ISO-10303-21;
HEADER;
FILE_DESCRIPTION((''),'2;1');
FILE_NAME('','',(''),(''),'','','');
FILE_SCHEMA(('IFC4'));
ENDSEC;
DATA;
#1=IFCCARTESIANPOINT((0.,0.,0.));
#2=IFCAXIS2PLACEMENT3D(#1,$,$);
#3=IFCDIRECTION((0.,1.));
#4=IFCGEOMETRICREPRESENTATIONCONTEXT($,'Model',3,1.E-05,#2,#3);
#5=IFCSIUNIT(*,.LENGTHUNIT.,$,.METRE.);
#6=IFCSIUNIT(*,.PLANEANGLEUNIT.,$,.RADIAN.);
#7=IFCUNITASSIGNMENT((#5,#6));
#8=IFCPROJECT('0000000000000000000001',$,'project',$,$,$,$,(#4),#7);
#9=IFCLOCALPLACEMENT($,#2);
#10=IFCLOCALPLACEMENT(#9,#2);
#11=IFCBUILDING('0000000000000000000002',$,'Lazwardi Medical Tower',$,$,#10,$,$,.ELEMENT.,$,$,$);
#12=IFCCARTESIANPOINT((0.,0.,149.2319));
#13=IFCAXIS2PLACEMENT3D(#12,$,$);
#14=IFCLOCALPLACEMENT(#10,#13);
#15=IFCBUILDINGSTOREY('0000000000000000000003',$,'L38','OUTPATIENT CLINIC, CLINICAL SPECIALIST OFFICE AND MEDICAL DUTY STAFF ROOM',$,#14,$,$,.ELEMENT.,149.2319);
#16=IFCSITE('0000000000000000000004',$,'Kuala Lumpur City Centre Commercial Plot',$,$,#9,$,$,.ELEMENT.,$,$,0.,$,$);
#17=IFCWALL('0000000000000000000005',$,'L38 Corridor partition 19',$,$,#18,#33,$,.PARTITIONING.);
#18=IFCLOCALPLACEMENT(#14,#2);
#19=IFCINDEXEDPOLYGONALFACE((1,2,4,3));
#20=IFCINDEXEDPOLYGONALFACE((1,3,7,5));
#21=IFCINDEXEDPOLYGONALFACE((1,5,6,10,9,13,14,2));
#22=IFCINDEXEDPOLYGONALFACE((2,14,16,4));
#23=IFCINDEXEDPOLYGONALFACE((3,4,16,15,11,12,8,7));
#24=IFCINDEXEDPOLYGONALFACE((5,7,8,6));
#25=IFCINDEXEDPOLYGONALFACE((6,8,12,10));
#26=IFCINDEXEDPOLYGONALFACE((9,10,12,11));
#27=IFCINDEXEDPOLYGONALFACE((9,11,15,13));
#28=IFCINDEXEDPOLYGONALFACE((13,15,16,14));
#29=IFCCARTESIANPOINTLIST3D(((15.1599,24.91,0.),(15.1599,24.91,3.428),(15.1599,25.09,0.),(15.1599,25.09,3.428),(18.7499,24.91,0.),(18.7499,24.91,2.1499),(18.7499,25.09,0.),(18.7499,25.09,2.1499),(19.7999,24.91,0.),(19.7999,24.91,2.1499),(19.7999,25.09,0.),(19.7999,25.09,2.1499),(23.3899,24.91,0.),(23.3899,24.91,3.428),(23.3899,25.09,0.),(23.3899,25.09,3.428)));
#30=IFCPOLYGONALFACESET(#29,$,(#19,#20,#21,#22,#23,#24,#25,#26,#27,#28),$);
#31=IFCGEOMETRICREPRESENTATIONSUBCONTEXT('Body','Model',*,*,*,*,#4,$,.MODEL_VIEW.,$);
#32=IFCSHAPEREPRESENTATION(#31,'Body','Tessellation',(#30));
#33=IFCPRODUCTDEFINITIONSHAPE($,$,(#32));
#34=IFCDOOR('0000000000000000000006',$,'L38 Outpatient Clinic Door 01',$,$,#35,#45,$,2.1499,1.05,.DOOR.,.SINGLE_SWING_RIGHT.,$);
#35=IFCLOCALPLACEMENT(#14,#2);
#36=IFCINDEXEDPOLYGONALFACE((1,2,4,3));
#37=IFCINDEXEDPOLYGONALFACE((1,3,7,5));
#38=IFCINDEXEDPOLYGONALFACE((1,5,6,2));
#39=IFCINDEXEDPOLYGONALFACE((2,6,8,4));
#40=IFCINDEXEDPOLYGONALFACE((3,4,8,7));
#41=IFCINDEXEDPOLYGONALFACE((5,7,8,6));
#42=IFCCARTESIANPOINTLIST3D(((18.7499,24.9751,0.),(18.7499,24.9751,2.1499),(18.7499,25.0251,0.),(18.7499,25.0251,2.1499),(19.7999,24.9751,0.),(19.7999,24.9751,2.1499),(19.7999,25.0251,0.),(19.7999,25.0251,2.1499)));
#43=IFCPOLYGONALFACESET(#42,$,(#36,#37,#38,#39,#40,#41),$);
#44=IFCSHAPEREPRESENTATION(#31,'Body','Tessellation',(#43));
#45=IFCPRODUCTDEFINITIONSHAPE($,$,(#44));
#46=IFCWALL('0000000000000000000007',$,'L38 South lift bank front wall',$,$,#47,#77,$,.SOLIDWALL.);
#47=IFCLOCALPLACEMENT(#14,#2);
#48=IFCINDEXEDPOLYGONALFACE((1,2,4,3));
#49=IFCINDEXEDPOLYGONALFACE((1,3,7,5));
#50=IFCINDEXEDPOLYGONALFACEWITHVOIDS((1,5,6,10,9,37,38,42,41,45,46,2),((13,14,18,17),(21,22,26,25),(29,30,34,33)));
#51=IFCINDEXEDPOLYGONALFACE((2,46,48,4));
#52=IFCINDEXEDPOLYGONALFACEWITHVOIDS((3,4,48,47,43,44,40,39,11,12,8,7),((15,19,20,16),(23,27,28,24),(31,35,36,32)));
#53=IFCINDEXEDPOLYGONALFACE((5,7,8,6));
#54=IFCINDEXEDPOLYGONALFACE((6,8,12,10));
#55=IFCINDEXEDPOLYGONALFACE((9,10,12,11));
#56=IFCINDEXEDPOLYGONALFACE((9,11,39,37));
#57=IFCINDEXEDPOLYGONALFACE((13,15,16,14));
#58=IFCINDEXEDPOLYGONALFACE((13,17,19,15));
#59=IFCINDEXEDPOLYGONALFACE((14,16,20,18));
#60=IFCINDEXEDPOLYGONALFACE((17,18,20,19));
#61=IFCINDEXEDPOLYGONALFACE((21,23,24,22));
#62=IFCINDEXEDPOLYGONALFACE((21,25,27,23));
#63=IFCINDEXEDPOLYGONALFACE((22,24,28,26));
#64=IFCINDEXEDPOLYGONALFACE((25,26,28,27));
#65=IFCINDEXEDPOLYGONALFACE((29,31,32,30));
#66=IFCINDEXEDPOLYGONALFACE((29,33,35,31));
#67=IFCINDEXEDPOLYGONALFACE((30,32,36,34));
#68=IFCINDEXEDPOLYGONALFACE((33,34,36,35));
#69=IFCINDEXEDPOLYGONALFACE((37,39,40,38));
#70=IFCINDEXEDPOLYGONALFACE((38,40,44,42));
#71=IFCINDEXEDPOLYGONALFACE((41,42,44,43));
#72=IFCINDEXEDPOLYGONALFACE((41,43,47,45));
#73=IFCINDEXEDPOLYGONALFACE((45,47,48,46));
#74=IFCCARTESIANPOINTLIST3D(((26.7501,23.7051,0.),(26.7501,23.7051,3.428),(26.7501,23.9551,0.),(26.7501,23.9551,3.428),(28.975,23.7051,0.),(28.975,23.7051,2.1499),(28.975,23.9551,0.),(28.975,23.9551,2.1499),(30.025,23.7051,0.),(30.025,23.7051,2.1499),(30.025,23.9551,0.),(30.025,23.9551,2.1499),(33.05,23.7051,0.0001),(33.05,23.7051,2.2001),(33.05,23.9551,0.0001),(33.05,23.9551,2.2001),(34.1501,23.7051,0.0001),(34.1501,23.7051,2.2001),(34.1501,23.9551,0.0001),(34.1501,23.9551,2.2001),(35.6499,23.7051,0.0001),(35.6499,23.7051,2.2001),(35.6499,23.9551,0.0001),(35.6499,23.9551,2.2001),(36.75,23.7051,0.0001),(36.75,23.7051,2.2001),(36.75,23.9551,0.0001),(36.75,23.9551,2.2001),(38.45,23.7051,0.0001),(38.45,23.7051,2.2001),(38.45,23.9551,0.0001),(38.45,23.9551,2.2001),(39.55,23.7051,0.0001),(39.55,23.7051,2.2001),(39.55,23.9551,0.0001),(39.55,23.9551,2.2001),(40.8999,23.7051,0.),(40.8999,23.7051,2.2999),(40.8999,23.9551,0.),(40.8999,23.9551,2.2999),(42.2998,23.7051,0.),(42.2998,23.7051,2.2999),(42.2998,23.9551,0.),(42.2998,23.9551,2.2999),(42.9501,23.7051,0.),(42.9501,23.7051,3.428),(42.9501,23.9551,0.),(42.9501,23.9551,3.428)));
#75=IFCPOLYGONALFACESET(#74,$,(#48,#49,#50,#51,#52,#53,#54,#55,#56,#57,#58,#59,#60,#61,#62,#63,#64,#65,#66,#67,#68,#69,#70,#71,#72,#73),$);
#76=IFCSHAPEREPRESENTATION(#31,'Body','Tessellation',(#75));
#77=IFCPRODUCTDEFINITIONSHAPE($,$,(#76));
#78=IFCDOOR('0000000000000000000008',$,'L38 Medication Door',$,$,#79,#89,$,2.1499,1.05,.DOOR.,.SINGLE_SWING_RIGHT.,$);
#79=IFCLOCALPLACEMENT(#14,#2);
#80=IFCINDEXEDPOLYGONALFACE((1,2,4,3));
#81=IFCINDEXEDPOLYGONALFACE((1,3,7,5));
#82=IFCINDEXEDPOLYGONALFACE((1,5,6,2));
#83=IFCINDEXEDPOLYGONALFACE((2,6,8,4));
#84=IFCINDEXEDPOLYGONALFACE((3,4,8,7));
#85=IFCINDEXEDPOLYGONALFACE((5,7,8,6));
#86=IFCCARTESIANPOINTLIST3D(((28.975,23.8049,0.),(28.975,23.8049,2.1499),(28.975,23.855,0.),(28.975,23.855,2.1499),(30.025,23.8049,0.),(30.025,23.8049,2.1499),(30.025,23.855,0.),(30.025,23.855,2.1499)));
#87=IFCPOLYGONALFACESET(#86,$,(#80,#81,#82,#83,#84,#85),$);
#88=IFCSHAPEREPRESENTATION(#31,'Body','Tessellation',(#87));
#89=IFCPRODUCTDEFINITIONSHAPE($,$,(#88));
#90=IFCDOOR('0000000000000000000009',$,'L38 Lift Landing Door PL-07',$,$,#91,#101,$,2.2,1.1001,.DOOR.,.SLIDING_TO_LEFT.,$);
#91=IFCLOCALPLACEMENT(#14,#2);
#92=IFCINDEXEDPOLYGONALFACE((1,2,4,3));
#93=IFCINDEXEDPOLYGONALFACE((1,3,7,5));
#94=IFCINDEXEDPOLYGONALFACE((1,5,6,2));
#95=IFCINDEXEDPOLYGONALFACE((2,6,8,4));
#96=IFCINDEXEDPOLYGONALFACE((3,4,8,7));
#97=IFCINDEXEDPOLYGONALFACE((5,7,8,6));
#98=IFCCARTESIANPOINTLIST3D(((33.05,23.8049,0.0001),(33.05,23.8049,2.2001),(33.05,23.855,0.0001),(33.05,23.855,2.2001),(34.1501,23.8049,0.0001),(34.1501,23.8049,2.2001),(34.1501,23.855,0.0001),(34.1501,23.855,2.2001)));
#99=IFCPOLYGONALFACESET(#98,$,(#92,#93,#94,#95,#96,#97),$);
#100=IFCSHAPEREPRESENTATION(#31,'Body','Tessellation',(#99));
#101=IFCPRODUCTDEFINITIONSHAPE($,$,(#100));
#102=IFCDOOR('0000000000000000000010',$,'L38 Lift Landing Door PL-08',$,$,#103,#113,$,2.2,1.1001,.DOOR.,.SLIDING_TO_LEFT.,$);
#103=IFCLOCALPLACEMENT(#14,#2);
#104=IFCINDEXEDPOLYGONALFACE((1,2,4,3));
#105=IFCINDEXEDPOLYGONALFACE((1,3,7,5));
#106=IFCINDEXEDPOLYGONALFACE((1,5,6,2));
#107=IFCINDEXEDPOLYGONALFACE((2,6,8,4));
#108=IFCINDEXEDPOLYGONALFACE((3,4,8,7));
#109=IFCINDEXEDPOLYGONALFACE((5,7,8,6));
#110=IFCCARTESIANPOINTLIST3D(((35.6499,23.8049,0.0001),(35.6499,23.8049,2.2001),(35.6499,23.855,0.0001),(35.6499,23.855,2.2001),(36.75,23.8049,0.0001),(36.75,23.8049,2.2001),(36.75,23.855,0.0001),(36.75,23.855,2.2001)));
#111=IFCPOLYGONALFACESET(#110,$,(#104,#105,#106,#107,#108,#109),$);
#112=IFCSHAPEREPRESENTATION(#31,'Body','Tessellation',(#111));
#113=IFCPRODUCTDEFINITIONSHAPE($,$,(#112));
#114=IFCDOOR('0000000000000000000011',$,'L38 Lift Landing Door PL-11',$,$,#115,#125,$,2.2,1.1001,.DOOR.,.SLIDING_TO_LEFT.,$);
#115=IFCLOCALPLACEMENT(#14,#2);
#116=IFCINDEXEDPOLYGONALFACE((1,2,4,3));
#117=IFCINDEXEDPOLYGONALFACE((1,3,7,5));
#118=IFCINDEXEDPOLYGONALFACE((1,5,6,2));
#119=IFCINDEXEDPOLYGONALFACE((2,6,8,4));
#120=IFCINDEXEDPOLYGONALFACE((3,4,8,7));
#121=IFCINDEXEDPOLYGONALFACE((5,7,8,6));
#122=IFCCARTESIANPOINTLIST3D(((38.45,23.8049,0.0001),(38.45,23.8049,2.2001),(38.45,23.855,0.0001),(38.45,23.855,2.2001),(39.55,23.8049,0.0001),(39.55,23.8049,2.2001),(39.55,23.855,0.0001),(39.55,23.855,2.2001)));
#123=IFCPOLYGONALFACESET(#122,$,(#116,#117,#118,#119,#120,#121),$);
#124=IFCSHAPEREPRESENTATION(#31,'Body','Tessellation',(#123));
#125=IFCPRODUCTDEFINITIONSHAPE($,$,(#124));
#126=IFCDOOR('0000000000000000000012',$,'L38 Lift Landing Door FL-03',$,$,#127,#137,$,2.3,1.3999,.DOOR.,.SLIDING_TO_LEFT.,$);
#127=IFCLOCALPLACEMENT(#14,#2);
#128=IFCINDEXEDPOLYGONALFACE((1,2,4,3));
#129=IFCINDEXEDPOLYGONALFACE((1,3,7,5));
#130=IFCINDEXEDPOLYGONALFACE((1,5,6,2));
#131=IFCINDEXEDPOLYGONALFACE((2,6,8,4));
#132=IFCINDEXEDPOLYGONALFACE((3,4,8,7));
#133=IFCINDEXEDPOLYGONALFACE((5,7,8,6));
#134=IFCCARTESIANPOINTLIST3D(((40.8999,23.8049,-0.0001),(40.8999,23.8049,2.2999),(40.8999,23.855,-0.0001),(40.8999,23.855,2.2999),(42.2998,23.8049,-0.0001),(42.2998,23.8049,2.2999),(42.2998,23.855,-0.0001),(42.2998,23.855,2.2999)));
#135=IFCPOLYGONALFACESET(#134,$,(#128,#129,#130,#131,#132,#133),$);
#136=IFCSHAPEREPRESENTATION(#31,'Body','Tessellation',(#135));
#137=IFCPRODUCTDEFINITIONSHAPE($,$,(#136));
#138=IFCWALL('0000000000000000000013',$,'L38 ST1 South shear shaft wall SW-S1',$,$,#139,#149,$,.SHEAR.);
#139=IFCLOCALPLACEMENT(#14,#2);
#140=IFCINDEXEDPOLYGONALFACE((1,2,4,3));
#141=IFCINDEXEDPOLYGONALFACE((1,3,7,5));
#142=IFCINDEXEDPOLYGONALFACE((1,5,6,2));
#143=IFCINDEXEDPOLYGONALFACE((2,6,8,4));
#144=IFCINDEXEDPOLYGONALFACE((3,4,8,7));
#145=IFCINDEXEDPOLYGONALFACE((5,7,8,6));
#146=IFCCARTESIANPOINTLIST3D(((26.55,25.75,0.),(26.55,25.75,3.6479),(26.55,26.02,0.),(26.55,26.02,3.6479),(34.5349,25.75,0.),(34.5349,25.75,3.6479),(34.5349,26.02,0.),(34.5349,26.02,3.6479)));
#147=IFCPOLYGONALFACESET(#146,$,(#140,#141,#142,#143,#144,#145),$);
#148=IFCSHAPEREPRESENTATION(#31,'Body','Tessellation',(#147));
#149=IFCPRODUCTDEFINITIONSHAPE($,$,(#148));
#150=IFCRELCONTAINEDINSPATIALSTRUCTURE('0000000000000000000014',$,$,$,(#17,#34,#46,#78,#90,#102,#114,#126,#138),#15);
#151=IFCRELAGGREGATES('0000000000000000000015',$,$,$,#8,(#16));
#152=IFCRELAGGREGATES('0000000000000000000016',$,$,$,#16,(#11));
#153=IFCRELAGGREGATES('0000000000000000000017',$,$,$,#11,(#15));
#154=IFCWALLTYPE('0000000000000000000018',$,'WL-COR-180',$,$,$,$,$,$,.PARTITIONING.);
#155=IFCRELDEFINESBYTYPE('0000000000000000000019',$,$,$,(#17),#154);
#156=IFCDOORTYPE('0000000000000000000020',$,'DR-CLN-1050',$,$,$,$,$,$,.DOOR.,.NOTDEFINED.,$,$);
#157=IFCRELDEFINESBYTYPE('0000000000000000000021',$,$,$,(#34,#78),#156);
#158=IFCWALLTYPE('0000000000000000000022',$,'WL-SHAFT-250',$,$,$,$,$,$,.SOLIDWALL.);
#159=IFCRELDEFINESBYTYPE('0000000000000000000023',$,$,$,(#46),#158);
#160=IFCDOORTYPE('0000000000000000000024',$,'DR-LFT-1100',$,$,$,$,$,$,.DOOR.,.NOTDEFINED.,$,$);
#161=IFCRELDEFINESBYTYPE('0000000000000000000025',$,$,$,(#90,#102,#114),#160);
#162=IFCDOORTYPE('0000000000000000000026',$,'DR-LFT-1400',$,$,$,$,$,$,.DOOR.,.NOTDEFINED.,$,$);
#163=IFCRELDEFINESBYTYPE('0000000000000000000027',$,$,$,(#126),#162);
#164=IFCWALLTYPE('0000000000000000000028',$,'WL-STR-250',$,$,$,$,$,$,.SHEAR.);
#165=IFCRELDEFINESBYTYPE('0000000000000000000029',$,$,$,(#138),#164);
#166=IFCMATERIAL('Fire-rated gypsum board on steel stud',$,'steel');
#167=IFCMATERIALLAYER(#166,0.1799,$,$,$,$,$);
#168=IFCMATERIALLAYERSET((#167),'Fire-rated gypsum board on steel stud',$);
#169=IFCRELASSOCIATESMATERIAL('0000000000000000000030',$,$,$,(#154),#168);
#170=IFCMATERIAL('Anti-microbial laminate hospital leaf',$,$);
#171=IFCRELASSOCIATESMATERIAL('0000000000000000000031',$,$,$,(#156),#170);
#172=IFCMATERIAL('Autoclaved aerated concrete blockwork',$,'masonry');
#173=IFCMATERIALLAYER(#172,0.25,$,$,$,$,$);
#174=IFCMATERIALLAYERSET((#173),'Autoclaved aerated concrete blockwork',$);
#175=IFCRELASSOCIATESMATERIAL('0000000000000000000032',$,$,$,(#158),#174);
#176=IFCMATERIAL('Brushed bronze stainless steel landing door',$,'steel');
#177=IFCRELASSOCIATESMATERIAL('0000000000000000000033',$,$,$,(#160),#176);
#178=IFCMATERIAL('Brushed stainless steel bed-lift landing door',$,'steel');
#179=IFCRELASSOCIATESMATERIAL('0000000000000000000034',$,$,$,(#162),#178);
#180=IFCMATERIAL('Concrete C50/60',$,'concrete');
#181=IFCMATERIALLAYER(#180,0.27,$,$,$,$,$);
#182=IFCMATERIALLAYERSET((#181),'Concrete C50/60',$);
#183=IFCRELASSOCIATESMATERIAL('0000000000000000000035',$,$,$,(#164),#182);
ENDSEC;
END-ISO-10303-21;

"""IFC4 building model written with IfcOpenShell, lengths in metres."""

from ifc_helpers import new_model, si_unit, direction, frame, frame_2d, origin, place, context, subcontext, project, spatial, rectangle, extrude, material, layer, layer_set, type_object, element, fill, save


model = new_model("IFC4")

# Units and contexts
model_context = context("Model", 3, precision=1e-05, world=origin(), true_north=direction((0.0, 1.0)))
body_context = subcontext(model_context, "Body", "Model", "MODEL_VIEW")
ifc_project = project(units=[si_unit("LENGTHUNIT", "METRE"), si_unit("PLANEANGLEUNIT", "RADIAN")], contexts=[model_context])

# Site, building, storey
site_placement = place(None, origin())
site = spatial("IfcSite", under=ifc_project, at=site_placement, Name="Kuala Lumpur City Centre Commercial Plot", CompositionType="ELEMENT", RefElevation=0.0)
building_placement = place(site_placement, origin())
building = spatial("IfcBuilding", under=site, at=building_placement, Name="Lazwardi Medical Tower", CompositionType="ELEMENT")
storey_placement = place(building_placement, frame((0.0, 0.0, 149.2319)))
storey = spatial("IfcBuildingStorey", under=building, at=storey_placement, Name="L38", Description="OUTPATIENT CLINIC, CLINICAL SPECIALIST OFFICE AND MEDICAL DUTY STAFF ROOM", CompositionType="ELEMENT", Elevation=149.2319)

# Wall, opening, door
ifc_material_1 = material(Name="Fire-rated gypsum board on steel stud", Category="steel")
ifc_layer_1 = layer(ifc_material_1, 0.1799)
ifc_layer_set_1 = layer_set([ifc_layer_1], Name="Fire-rated gypsum board on steel stud")
wall_type_1 = type_object("IfcWallType", Name="WL-COR-180", PredefinedType="PARTITIONING", material=ifc_layer_set_1)
wall_1_placement = place(storey_placement, frame((23.3899, 25.0, 0.0), z_axis=(0.0, 0.0, 1.0), x_axis=(-1.0, 0.0, 0.0)))
wall_1 = element("IfcWall", 1, at=wall_1_placement, inside=storey, type_object=wall_type_1, Name="L38 Corridor partition 19", PredefinedType="PARTITIONING", context=body_context, shape_type="SweptSolid", body=[
    extrude(rectangle(XDim=8.23, YDim=0.1799, at=frame_2d((4.115, 0.0))), origin(), (0.0, 0.0, 1.0), 3.428),
])
opening_1_placement = place(wall_1_placement, frame((3.5901, 0.0, 0.0)))
opening_1 = element("IfcOpeningElement", 2, at=opening_1_placement, cuts=wall_1, PredefinedType="OPENING", context=body_context, shape_type="SweptSolid", body=[
    extrude(rectangle(XDim=1.05, YDim=2.1499, at=frame_2d((0.5249, 1.075))), frame((0.0, 0.0999, 0.0), z_axis=(0.0, -1.0, 0.0), x_axis=(1.0, 0.0, 0.0)), (0.0, 0.0, 1.0), 0.2),
])
ifc_material_2 = material(Name="Anti-microbial laminate hospital leaf")
door_type_1 = type_object("IfcDoorType", Name="DR-CLN-1050", OperationType="NOTDEFINED", PredefinedType="DOOR", material=ifc_material_2)
door_1_placement = place(opening_1_placement, origin())
door_1 = element("IfcDoor", 3, at=door_1_placement, inside=storey, type_object=door_type_1, Name="L38 Outpatient Clinic Door 01", OperationType="SINGLE_SWING_RIGHT", OverallHeight=2.1499, OverallWidth=1.05, PredefinedType="DOOR", context=body_context, shape_type="SweptSolid", body=[
    extrude(rectangle(XDim=1.05, YDim=2.1499, at=frame_2d((0.5249, 1.075))), frame((0.0, 0.0249, 0.0), z_axis=(0.0, -1.0, 0.0), x_axis=(1.0, 0.0, 0.0)), (0.0, 0.0, 1.0), 0.05),
])
fill(opening_1, door_1)

# Wall, openings, doors
ifc_material_3 = material(Name="Autoclaved aerated concrete blockwork", Category="masonry")
ifc_layer_2 = layer(ifc_material_3, 0.25)
ifc_layer_set_2 = layer_set([ifc_layer_2], Name="Autoclaved aerated concrete blockwork")
wall_type_2 = type_object("IfcWallType", Name="WL-SHAFT-250", PredefinedType="SOLIDWALL", material=ifc_layer_set_2)
wall_2_placement = place(storey_placement, frame((26.75, 23.8301, 0.0), z_axis=(0.0, 0.0, 1.0), x_axis=(1.0, 0.0, 0.0)))
wall_2 = element("IfcWall", 4, at=wall_2_placement, inside=storey, type_object=wall_type_2, Name="L38 South lift bank front wall", PredefinedType="SOLIDWALL", context=body_context, shape_type="SweptSolid", body=[
    extrude(rectangle(XDim=16.2, YDim=0.25, at=frame_2d((8.1001, 0.0))), origin(), (0.0, 0.0, 1.0), 3.428),
])
opening_2_placement = place(wall_2_placement, frame((2.2251, 0.0, 0.0)))
opening_2 = element("IfcOpeningElement", 5, at=opening_2_placement, cuts=wall_2, PredefinedType="OPENING", context=body_context, shape_type="SweptSolid", body=[
    extrude(rectangle(XDim=1.05, YDim=2.1499, at=frame_2d((0.5249, 1.075))), frame((0.0, 0.135, 0.0), z_axis=(0.0, -1.0, 0.0), x_axis=(1.0, 0.0, 0.0)), (0.0, 0.0, 1.0), 0.27),
])
opening_3_placement = place(wall_2_placement, frame((6.3, 0.0, 0.0)))
opening_3 = element("IfcOpeningElement", 6, at=opening_3_placement, cuts=wall_2, PredefinedType="OPENING", context=body_context, shape_type="SweptSolid", body=[
    extrude(rectangle(XDim=1.1001, YDim=2.2, at=frame_2d((0.55, 1.1001))), frame((0.0, 0.135, 0.0), z_axis=(0.0, -1.0, 0.0), x_axis=(1.0, 0.0, 0.0)), (0.0, 0.0, 1.0), 0.27),
])
opening_4_placement = place(wall_2_placement, frame((8.8999, 0.0, 0.0)))
opening_4 = element("IfcOpeningElement", 7, at=opening_4_placement, cuts=wall_2, PredefinedType="OPENING", context=body_context, shape_type="SweptSolid", body=[
    extrude(rectangle(XDim=1.1001, YDim=2.2, at=frame_2d((0.55, 1.1001))), frame((0.0, 0.135, 0.0), z_axis=(0.0, -1.0, 0.0), x_axis=(1.0, 0.0, 0.0)), (0.0, 0.0, 1.0), 0.27),
])
opening_5_placement = place(wall_2_placement, frame((11.7, 0.0, 0.0)))
opening_5 = element("IfcOpeningElement", 8, at=opening_5_placement, cuts=wall_2, PredefinedType="OPENING", context=body_context, shape_type="SweptSolid", body=[
    extrude(rectangle(XDim=1.1001, YDim=2.2, at=frame_2d((0.55, 1.1001))), frame((0.0, 0.135, 0.0), z_axis=(0.0, -1.0, 0.0), x_axis=(1.0, 0.0, 0.0)), (0.0, 0.0, 1.0), 0.27),
])
opening_6_placement = place(wall_2_placement, frame((14.1499, 0.0, 0.0)))
opening_6 = element("IfcOpeningElement", 9, at=opening_6_placement, cuts=wall_2, PredefinedType="OPENING", context=body_context, shape_type="SweptSolid", body=[
    extrude(rectangle(XDim=1.3999, YDim=2.3, at=frame_2d((0.7, 1.1499))), frame((0.0, 0.135, 0.0), z_axis=(0.0, -1.0, 0.0), x_axis=(1.0, 0.0, 0.0)), (0.0, 0.0, 1.0), 0.27),
])
door_2_placement = place(opening_2_placement, origin())
door_2 = element("IfcDoor", 10, at=door_2_placement, inside=storey, type_object=door_type_1, Name="L38 Medication Door", OperationType="SINGLE_SWING_RIGHT", OverallHeight=2.1499, OverallWidth=1.05, PredefinedType="DOOR", context=body_context, shape_type="SweptSolid", body=[
    extrude(rectangle(XDim=1.05, YDim=2.1499, at=frame_2d((0.5249, 1.075))), frame((0.0, 0.0249, 0.0), z_axis=(0.0, -1.0, 0.0), x_axis=(1.0, 0.0, 0.0)), (0.0, 0.0, 1.0), 0.05),
])
fill(opening_2, door_2)
ifc_material_4 = material(Name="Brushed bronze stainless steel landing door", Category="steel")
door_type_2 = type_object("IfcDoorType", Name="DR-LFT-1100", OperationType="NOTDEFINED", PredefinedType="DOOR", material=ifc_material_4)
door_3_placement = place(opening_3_placement, origin())
door_3 = element("IfcDoor", 11, at=door_3_placement, inside=storey, type_object=door_type_2, Name="L38 Lift Landing Door PL-07", OperationType="SLIDING_TO_LEFT", OverallHeight=2.2, OverallWidth=1.1001, PredefinedType="DOOR", context=body_context, shape_type="SweptSolid", body=[
    extrude(rectangle(XDim=1.1001, YDim=2.2, at=frame_2d((0.55, 1.1001))), frame((0.0, 0.0249, 0.0), z_axis=(0.0, -1.0, 0.0), x_axis=(1.0, 0.0, 0.0)), (0.0, 0.0, 1.0), 0.05),
])
fill(opening_3, door_3)
door_4_placement = place(opening_4_placement, origin())
door_4 = element("IfcDoor", 12, at=door_4_placement, inside=storey, type_object=door_type_2, Name="L38 Lift Landing Door PL-08", OperationType="SLIDING_TO_LEFT", OverallHeight=2.2, OverallWidth=1.1001, PredefinedType="DOOR", context=body_context, shape_type="SweptSolid", body=[
    extrude(rectangle(XDim=1.1001, YDim=2.2, at=frame_2d((0.55, 1.1001))), frame((0.0, 0.0249, 0.0), z_axis=(0.0, -1.0, 0.0), x_axis=(1.0, 0.0, 0.0)), (0.0, 0.0, 1.0), 0.05),
])
fill(opening_4, door_4)
door_5_placement = place(opening_5_placement, origin())
door_5 = element("IfcDoor", 13, at=door_5_placement, inside=storey, type_object=door_type_2, Name="L38 Lift Landing Door PL-11", OperationType="SLIDING_TO_LEFT", OverallHeight=2.2, OverallWidth=1.1001, PredefinedType="DOOR", context=body_context, shape_type="SweptSolid", body=[
    extrude(rectangle(XDim=1.1001, YDim=2.2, at=frame_2d((0.55, 1.1001))), frame((0.0, 0.0249, 0.0), z_axis=(0.0, -1.0, 0.0), x_axis=(1.0, 0.0, 0.0)), (0.0, 0.0, 1.0), 0.05),
])
fill(opening_5, door_5)
ifc_material_5 = material(Name="Brushed stainless steel bed-lift landing door", Category="steel")
door_type_3 = type_object("IfcDoorType", Name="DR-LFT-1400", OperationType="NOTDEFINED", PredefinedType="DOOR", material=ifc_material_5)
door_6_placement = place(opening_6_placement, origin())
door_6 = element("IfcDoor", 14, at=door_6_placement, inside=storey, type_object=door_type_3, Name="L38 Lift Landing Door FL-03", OperationType="SLIDING_TO_LEFT", OverallHeight=2.3, OverallWidth=1.3999, PredefinedType="DOOR", context=body_context, shape_type="SweptSolid", body=[
    extrude(rectangle(XDim=1.3999, YDim=2.3, at=frame_2d((0.7, 1.1499))), frame((0.0, 0.0249, 0.0), z_axis=(0.0, -1.0, 0.0), x_axis=(1.0, 0.0, 0.0)), (0.0, 0.0, 1.0), 0.05),
])
fill(opening_6, door_6)

# Wall
ifc_material_6 = material(Name="Concrete C50/60", Category="concrete")
ifc_layer_3 = layer(ifc_material_6, 0.27)
ifc_layer_set_3 = layer_set([ifc_layer_3], Name="Concrete C50/60")
wall_type_3 = type_object("IfcWallType", Name="WL-STR-250", PredefinedType="SHEAR", material=ifc_layer_set_3)
wall_3_placement = place(storey_placement, frame((26.55, 25.885, 0.0), z_axis=(0.0, 0.0, 1.0), x_axis=(1.0, 0.0, 0.0)))
element("IfcWall", 15, at=wall_3_placement, inside=storey, type_object=wall_type_3, Name="L38 ST1 South shear shaft wall SW-S1", PredefinedType="SHEAR", context=body_context, shape_type="SweptSolid", body=[
    extrude(rectangle(XDim=7.9849, YDim=0.27, at=frame_2d((3.9924, 0.0))), origin(), (0.0, 0.0, 1.0), 3.6479),
])

save(model, "model.ifc")
